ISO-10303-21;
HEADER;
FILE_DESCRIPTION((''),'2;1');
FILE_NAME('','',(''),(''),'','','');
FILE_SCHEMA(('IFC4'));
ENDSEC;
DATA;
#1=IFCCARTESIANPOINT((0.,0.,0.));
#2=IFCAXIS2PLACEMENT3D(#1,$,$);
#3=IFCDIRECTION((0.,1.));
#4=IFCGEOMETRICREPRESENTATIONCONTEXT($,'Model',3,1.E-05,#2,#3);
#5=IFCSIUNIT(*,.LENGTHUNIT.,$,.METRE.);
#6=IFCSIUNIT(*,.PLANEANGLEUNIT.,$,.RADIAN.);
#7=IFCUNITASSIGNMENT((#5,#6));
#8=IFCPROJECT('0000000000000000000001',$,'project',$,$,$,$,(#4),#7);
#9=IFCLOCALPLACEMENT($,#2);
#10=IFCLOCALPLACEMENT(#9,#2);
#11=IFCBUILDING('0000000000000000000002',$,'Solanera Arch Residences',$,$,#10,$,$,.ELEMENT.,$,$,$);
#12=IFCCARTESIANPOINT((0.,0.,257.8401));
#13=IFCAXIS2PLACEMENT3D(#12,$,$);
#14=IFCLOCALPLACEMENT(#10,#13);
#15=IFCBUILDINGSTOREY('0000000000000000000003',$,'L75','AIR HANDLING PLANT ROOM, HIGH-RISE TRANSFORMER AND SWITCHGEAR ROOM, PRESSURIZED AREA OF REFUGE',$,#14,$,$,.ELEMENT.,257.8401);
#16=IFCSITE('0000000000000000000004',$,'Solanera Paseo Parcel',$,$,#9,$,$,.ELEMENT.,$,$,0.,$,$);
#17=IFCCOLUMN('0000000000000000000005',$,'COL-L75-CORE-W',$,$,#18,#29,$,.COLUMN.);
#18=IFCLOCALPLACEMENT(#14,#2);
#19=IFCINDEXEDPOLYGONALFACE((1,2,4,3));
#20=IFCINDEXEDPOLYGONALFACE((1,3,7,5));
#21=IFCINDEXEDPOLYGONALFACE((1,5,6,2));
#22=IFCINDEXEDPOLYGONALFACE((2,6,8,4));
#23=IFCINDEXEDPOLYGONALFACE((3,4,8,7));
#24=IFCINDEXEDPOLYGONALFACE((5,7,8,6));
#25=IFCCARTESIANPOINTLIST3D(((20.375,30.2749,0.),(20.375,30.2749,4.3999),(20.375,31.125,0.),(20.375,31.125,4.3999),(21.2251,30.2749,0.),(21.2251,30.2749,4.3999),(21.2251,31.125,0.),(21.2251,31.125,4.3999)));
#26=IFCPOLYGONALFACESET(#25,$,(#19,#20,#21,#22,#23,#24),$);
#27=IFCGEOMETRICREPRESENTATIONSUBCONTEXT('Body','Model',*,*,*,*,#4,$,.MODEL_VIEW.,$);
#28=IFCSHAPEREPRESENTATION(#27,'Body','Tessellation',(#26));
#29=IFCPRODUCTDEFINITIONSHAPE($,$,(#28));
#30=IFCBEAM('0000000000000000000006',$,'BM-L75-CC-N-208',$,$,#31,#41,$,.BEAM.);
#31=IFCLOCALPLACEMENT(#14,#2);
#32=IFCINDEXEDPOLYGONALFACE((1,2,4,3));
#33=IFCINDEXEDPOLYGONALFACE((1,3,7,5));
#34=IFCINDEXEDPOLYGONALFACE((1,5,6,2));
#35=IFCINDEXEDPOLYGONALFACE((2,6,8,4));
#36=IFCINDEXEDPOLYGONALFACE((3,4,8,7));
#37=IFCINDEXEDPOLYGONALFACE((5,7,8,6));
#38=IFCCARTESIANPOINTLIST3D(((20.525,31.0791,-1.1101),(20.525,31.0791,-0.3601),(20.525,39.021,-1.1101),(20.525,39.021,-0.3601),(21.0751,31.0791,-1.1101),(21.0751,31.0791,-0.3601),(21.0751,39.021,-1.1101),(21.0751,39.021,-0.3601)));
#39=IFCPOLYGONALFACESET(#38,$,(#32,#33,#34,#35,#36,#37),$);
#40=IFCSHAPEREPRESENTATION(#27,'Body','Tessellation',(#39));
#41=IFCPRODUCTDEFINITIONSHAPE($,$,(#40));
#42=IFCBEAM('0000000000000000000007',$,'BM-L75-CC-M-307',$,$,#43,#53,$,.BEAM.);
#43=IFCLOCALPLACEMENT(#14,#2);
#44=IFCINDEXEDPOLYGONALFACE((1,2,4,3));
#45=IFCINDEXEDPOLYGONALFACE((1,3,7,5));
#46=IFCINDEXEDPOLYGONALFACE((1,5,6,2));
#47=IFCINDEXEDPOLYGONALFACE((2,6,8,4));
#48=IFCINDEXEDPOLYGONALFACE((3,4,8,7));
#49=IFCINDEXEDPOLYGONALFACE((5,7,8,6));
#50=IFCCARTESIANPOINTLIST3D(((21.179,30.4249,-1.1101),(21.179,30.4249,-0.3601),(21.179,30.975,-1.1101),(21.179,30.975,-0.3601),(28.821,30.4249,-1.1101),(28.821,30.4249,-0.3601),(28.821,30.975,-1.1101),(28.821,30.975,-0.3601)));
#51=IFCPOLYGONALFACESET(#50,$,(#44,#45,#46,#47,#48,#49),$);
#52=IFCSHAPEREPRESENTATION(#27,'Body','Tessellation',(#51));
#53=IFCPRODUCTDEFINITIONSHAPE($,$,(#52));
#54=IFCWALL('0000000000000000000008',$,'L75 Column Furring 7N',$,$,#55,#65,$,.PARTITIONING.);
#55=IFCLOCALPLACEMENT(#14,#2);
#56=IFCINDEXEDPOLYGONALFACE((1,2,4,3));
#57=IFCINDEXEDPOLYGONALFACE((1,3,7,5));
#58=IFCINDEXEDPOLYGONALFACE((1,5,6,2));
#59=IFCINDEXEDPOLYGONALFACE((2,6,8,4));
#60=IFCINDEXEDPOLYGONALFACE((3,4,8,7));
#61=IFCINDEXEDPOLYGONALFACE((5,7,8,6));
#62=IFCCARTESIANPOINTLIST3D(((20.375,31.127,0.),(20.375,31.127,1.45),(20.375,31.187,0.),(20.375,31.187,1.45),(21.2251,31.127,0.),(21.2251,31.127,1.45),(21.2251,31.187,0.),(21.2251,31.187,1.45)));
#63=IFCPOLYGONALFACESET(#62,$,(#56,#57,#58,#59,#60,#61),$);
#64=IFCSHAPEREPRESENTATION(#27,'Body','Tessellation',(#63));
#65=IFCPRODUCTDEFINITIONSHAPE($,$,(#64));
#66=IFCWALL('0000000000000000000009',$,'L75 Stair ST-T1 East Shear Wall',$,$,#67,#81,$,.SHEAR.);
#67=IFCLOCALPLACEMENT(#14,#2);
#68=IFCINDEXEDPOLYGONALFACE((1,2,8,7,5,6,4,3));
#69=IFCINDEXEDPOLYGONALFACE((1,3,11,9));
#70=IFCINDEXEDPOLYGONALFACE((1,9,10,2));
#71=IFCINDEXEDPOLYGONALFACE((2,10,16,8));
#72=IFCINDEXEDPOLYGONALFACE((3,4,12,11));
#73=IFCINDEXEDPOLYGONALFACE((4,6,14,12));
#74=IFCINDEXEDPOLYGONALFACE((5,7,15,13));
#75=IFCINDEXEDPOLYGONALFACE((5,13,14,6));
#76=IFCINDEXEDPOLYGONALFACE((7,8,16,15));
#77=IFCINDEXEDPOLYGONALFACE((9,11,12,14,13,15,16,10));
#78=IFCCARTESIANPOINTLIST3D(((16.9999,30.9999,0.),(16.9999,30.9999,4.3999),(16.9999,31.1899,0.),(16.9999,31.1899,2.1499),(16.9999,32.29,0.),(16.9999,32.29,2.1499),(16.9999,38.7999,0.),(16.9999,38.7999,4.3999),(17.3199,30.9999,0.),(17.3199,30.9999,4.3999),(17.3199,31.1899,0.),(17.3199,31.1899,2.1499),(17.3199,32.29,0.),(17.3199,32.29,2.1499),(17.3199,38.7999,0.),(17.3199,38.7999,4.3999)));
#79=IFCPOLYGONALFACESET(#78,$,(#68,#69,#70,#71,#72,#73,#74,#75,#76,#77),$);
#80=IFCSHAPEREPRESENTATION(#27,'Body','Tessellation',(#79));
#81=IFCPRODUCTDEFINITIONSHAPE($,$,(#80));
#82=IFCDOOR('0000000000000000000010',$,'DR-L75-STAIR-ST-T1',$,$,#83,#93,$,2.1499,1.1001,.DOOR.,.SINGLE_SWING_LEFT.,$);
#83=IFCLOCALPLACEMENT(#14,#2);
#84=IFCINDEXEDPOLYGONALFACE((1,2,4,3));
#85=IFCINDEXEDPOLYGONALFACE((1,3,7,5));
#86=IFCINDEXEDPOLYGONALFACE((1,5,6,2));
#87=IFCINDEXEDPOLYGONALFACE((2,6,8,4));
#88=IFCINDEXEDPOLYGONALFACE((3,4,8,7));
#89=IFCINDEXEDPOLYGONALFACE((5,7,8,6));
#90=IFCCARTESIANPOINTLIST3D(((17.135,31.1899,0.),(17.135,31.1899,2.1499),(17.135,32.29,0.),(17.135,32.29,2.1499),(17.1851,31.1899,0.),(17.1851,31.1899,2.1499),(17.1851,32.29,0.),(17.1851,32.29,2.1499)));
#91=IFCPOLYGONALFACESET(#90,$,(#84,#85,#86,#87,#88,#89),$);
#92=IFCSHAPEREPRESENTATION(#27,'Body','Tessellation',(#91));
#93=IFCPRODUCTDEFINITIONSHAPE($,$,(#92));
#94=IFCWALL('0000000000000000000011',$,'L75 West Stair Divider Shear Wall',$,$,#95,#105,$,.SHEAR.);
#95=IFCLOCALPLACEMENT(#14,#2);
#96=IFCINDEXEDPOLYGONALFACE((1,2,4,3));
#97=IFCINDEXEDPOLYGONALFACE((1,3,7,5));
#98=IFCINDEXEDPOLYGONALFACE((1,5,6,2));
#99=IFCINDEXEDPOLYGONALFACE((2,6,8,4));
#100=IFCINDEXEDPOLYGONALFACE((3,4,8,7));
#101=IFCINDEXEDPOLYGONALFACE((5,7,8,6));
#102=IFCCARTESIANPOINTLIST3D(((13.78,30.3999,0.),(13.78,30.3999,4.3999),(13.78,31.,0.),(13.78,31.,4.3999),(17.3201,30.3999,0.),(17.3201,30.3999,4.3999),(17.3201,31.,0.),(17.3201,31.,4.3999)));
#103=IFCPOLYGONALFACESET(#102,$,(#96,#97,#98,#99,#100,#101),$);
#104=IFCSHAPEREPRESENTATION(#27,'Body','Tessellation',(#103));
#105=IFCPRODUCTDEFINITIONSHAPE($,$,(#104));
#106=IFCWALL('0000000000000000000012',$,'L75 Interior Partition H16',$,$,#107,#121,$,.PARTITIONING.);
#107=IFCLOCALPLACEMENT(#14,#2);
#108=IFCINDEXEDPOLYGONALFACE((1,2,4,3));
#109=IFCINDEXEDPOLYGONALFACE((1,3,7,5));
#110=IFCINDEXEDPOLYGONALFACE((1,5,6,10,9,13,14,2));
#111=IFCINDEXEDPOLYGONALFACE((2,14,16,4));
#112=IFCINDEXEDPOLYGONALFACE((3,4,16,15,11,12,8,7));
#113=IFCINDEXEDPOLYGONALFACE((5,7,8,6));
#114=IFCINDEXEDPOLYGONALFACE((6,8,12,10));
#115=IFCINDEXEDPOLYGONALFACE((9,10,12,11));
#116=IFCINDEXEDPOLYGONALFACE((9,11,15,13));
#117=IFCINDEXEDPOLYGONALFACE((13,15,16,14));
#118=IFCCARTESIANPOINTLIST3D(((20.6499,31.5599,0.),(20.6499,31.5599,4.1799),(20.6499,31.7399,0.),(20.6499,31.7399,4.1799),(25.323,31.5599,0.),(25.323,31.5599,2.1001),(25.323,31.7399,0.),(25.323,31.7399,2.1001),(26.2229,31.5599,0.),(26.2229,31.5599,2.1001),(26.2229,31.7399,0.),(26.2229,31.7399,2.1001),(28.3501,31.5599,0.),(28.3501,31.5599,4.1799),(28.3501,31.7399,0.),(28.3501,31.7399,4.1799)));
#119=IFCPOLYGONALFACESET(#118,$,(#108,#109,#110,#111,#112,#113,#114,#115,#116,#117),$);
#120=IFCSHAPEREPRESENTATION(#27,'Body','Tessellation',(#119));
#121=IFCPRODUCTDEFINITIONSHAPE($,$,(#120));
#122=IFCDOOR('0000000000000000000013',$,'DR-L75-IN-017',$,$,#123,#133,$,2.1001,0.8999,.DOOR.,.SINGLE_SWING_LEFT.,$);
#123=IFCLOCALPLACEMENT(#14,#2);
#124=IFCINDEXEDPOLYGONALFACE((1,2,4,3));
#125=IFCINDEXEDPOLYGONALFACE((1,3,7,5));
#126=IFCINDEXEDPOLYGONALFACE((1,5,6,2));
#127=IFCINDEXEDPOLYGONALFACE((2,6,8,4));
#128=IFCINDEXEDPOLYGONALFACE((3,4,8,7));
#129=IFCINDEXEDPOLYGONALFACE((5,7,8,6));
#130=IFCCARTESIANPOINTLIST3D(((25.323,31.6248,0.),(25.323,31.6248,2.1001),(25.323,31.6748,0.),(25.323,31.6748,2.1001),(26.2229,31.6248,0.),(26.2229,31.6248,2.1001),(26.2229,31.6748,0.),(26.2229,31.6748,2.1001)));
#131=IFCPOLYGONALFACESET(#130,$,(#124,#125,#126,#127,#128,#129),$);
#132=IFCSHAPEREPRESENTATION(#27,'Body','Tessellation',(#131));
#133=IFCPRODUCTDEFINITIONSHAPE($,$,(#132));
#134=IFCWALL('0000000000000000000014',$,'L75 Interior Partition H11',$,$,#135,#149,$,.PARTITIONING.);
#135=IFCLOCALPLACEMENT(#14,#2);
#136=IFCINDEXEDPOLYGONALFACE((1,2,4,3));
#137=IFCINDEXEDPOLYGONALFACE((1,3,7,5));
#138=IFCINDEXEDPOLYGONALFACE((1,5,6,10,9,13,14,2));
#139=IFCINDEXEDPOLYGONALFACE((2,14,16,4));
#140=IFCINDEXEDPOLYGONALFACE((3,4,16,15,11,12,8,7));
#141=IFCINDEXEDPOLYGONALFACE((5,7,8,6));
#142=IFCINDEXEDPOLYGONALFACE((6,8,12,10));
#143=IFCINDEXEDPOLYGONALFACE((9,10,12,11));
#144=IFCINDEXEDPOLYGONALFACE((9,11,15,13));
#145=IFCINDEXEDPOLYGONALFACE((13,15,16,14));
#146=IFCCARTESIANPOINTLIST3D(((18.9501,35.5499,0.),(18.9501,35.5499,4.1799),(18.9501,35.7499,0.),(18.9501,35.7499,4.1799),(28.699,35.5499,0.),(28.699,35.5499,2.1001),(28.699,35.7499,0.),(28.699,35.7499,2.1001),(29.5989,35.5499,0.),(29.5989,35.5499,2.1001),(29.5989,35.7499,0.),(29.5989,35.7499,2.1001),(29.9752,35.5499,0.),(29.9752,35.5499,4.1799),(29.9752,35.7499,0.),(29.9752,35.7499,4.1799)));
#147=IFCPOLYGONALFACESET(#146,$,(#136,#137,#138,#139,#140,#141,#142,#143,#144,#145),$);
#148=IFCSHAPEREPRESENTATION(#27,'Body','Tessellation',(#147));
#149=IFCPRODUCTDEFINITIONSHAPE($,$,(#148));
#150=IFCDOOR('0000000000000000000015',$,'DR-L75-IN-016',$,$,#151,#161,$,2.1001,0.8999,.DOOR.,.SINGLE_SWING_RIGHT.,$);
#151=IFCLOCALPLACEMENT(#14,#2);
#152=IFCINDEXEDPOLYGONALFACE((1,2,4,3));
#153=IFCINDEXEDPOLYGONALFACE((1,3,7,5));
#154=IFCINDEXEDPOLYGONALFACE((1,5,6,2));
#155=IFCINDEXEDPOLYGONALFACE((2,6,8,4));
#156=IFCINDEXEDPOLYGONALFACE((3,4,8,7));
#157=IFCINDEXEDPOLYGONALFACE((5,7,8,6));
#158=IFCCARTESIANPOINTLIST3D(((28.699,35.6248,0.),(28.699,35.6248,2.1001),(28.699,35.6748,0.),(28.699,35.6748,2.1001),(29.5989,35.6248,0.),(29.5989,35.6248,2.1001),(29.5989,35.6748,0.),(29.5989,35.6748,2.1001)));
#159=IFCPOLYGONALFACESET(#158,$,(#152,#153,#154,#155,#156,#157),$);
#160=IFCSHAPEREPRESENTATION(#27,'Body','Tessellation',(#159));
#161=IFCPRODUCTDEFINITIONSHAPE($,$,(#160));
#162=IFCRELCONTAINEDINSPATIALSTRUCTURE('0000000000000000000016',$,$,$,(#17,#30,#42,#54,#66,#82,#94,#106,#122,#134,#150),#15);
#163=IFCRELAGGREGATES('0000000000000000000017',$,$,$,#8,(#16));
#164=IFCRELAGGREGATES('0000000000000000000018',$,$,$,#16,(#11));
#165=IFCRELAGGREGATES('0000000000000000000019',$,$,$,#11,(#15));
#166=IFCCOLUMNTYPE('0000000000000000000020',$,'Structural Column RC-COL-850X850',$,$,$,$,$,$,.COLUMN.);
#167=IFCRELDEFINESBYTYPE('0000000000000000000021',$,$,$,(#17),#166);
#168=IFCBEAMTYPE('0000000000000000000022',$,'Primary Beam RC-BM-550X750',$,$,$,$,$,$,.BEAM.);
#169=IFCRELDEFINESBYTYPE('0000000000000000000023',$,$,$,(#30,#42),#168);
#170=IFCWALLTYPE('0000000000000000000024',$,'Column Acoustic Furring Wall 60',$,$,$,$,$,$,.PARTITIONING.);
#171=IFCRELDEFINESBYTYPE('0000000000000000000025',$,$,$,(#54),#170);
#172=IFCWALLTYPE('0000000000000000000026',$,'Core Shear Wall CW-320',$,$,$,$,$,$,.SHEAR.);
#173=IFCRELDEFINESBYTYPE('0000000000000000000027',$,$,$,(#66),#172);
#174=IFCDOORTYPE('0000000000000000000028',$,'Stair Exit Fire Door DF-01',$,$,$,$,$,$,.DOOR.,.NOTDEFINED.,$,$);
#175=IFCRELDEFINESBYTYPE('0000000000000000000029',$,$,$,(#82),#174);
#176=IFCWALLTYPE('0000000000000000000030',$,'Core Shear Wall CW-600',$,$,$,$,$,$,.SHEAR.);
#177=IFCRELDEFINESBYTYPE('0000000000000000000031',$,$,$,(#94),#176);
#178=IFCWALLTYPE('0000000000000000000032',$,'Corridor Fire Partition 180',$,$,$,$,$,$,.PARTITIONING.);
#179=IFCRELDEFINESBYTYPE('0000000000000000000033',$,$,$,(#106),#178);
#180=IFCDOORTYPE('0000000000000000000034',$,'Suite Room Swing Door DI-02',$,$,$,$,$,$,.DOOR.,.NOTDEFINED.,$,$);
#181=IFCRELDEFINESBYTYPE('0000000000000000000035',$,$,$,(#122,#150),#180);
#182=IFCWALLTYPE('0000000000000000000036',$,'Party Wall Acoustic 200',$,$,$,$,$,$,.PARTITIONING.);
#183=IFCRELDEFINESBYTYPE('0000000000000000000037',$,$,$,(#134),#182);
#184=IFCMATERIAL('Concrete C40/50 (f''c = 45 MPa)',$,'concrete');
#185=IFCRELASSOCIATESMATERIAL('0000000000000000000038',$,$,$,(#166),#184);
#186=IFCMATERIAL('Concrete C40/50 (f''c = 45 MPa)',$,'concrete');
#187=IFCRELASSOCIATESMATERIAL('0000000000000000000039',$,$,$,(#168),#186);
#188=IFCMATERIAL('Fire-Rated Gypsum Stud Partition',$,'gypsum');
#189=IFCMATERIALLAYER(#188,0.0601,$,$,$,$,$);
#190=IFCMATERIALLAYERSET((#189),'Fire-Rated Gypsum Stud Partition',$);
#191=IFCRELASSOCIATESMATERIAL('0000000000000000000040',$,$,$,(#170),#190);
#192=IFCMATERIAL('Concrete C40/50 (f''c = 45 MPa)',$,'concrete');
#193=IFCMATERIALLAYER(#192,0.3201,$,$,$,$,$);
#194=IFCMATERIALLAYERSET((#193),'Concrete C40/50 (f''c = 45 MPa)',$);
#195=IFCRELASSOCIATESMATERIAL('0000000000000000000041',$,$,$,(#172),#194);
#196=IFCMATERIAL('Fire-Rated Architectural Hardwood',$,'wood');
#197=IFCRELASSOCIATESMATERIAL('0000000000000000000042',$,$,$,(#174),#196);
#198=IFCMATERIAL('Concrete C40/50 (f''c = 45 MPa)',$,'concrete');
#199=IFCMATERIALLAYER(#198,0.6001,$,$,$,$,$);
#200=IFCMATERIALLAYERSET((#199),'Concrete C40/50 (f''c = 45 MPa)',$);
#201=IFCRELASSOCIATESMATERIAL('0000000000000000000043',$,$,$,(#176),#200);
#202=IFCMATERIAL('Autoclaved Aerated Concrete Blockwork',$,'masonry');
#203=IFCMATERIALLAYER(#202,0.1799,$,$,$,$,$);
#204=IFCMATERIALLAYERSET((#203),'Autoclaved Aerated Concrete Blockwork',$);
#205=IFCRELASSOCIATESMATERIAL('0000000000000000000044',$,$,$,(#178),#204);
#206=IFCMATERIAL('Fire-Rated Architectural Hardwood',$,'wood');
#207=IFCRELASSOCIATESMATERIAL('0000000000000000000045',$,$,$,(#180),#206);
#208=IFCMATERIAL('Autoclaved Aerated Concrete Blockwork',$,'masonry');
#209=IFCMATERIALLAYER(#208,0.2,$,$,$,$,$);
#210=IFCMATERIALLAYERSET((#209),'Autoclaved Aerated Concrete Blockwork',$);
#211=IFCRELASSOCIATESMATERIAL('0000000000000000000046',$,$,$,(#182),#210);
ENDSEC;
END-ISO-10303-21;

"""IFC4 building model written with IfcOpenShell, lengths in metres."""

from ifc_helpers import new_model, si_unit, direction, frame, frame_2d, origin, origin_2d, place, context, subcontext, project, spatial, rectangle, extrude, material, layer, layer_set, material_profile, profile_set, type_object, element, fill, save


model = new_model("IFC4")

# Units and contexts
model_context = context("Model", 3, precision=1e-05, world=origin(), true_north=direction((0.0, 1.0)))
body_context = subcontext(model_context, "Body", "Model", "MODEL_VIEW")
ifc_project = project(units=[si_unit("LENGTHUNIT", "METRE"), si_unit("PLANEANGLEUNIT", "RADIAN")], contexts=[model_context])

# Site, building, storey
site_placement = place(None, origin())
site = spatial("IfcSite", under=ifc_project, at=site_placement, Name="Solanera Paseo Parcel", CompositionType="ELEMENT", RefElevation=0.0)
building_placement = place(site_placement, origin())
building = spatial("IfcBuilding", under=site, at=building_placement, Name="Solanera Arch Residences", CompositionType="ELEMENT")
storey_placement = place(building_placement, frame((0.0, 0.0, 257.8401)))
storey = spatial("IfcBuildingStorey", under=building, at=storey_placement, Name="L75", Description="AIR HANDLING PLANT ROOM, HIGH-RISE TRANSFORMER AND SWITCHGEAR ROOM, PRESSURIZED AREA OF REFUGE", CompositionType="ELEMENT", Elevation=257.8401)

# Column
ifc_material_1 = material(Name="Concrete C40/50 (f'c = 45 MPa)", Category="concrete")
ifc_material_profile_1 = material_profile(ifc_material_1, rectangle(XDim=0.8501, YDim=0.8501, at=origin_2d()))
ifc_profile_set_1 = profile_set([ifc_material_profile_1], Name="Concrete C40/50 (f'c = 45 MPa)")
column_type = type_object("IfcColumnType", Name="Structural Column RC-COL-850X850", PredefinedType="COLUMN", material=ifc_profile_set_1)
column_placement = place(storey_placement, frame((20.8, 30.7, 0.0), z_axis=(0.0, 0.0, 1.0), x_axis=(1.0, 0.0, 0.0)))
element("IfcColumn", 1, at=column_placement, inside=storey, type_object=column_type, Name="COL-L75-CORE-W", PredefinedType="COLUMN", context=body_context, shape_type="SweptSolid", body=[
    extrude(rectangle(XDim=0.8501, YDim=0.8501, at=origin_2d()), origin(), (0.0, 0.0, 1.0), 4.3999),
])

# Beams
ifc_material_2 = material(Name="Concrete C40/50 (f'c = 45 MPa)", Category="concrete")
ifc_material_profile_2 = material_profile(ifc_material_2, rectangle(XDim=0.55, YDim=0.75, at=origin_2d()))
ifc_profile_set_2 = profile_set([ifc_material_profile_2], Name="Concrete C40/50 (f'c = 45 MPa)")
beam_type = type_object("IfcBeamType", Name="Primary Beam RC-BM-550X750", PredefinedType="BEAM", material=ifc_profile_set_2)
beam_1_placement = place(storey_placement, frame((20.8, 31.0791, -0.7351), z_axis=(0.0, 1.0, 0.0), x_axis=(-1.0, 0.0, 0.0)))
element("IfcBeam", 2, at=beam_1_placement, inside=storey, type_object=beam_type, Name="BM-L75-CC-N-208", PredefinedType="BEAM", context=body_context, shape_type="SweptSolid", body=[
    extrude(rectangle(XDim=0.55, YDim=0.75, at=origin_2d()), origin(), (0.0, 0.0, 1.0), 7.9419),
])
beam_2_placement = place(storey_placement, frame((21.179, 30.7, -0.7351), z_axis=(1.0, 0.0, 0.0), x_axis=(0.0, 1.0, 0.0)))
element("IfcBeam", 3, at=beam_2_placement, inside=storey, type_object=beam_type, Name="BM-L75-CC-M-307", PredefinedType="BEAM", context=body_context, shape_type="SweptSolid", body=[
    extrude(rectangle(XDim=0.55, YDim=0.75, at=origin_2d()), origin(), (0.0, 0.0, 1.0), 7.6421),
])

# Wall
ifc_material_3 = material(Name="Fire-Rated Gypsum Stud Partition", Category="gypsum")
ifc_layer_1 = layer(ifc_material_3, 0.0601)
ifc_layer_set_1 = layer_set([ifc_layer_1], Name="Fire-Rated Gypsum Stud Partition")
wall_type_1 = type_object("IfcWallType", Name="Column Acoustic Furring Wall 60", PredefinedType="PARTITIONING", material=ifc_layer_set_1)
wall_1_placement = place(storey_placement, frame((20.375, 31.157, 0.0), z_axis=(0.0, 0.0, 1.0), x_axis=(1.0, 0.0, 0.0)))
element("IfcWall", 4, at=wall_1_placement, inside=storey, type_object=wall_type_1, Name="L75 Column Furring 7N", PredefinedType="PARTITIONING", context=body_context, shape_type="SweptSolid", body=[
    extrude(rectangle(XDim=0.8501, YDim=0.0601, at=frame_2d((0.425, 0.0))), origin(), (0.0, 0.0, 1.0), 1.45),
])

# Wall, opening, door
ifc_material_4 = material(Name="Concrete C40/50 (f'c = 45 MPa)", Category="concrete")
ifc_layer_2 = layer(ifc_material_4, 0.3201)
ifc_layer_set_2 = layer_set([ifc_layer_2], Name="Concrete C40/50 (f'c = 45 MPa)")
wall_type_2 = type_object("IfcWallType", Name="Core Shear Wall CW-320", PredefinedType="SHEAR", material=ifc_layer_set_2)
wall_2_placement = place(storey_placement, frame((17.1599, 31.0, 0.0), z_axis=(0.0, 0.0, 1.0), x_axis=(0.0, 1.0, 0.0)))
wall_2 = element("IfcWall", 5, at=wall_2_placement, inside=storey, type_object=wall_type_2, Name="L75 Stair ST-T1 East Shear Wall", PredefinedType="SHEAR", context=body_context, shape_type="SweptSolid", body=[
    extrude(rectangle(XDim=7.8, YDim=0.3201, at=frame_2d((3.8999, 0.0))), origin(), (0.0, 0.0, 1.0), 4.3999),
])
opening_1_placement = place(wall_2_placement, frame((0.1899, 0.0, 0.0)))
opening_1 = element("IfcOpeningElement", 6, at=opening_1_placement, cuts=wall_2, PredefinedType="OPENING", context=body_context, shape_type="SweptSolid", body=[
    extrude(rectangle(XDim=1.1001, YDim=2.1499, at=frame_2d((0.55, 1.075))), frame((0.0, 0.1699, 0.0), z_axis=(0.0, -1.0, 0.0), x_axis=(1.0, 0.0, 0.0)), (0.0, 0.0, 1.0), 0.3401),
])
ifc_material_5 = material(Name="Fire-Rated Architectural Hardwood", Category="wood")
door_type_1 = type_object("IfcDoorType", Name="Stair Exit Fire Door DF-01", OperationType="NOTDEFINED", PredefinedType="DOOR", material=ifc_material_5)
door_1_placement = place(opening_1_placement, origin())
door_1 = element("IfcDoor", 7, at=door_1_placement, inside=storey, type_object=door_type_1, Name="DR-L75-STAIR-ST-T1", OperationType="SINGLE_SWING_LEFT", OverallHeight=2.1499, OverallWidth=1.1001, PredefinedType="DOOR", context=body_context, shape_type="SweptSolid", body=[
    extrude(rectangle(XDim=1.1001, YDim=2.1499, at=frame_2d((0.55, 1.075))), frame((0.0, 0.0249, 0.0), z_axis=(0.0, -1.0, 0.0), x_axis=(1.0, 0.0, 0.0)), (0.0, 0.0, 1.0), 0.05),
])
fill(opening_1, door_1)

# Wall
ifc_material_6 = material(Name="Concrete C40/50 (f'c = 45 MPa)", Category="concrete")
ifc_layer_3 = layer(ifc_material_6, 0.6001)
ifc_layer_set_3 = layer_set([ifc_layer_3], Name="Concrete C40/50 (f'c = 45 MPa)")
wall_type_3 = type_object("IfcWallType", Name="Core Shear Wall CW-600", PredefinedType="SHEAR", material=ifc_layer_set_3)
wall_3_placement = place(storey_placement, frame((13.78, 30.7, 0.0), z_axis=(0.0, 0.0, 1.0), x_axis=(1.0, 0.0, 0.0)))
element("IfcWall", 8, at=wall_3_placement, inside=storey, type_object=wall_type_3, Name="L75 West Stair Divider Shear Wall", PredefinedType="SHEAR", context=body_context, shape_type="SweptSolid", body=[
    extrude(rectangle(XDim=3.54, YDim=0.6001, at=frame_2d((1.77, 0.0))), origin(), (0.0, 0.0, 1.0), 4.3999),
])

# Walls, openings, doors
ifc_material_7 = material(Name="Autoclaved Aerated Concrete Blockwork", Category="masonry")
ifc_layer_4 = layer(ifc_material_7, 0.1799)
ifc_layer_set_4 = layer_set([ifc_layer_4], Name="Autoclaved Aerated Concrete Blockwork")
wall_type_4 = type_object("IfcWallType", Name="Corridor Fire Partition 180", PredefinedType="PARTITIONING", material=ifc_layer_set_4)
wall_4_placement = place(storey_placement, frame((20.6499, 31.6499, 0.0), z_axis=(0.0, 0.0, 1.0), x_axis=(1.0, 0.0, 0.0)))
wall_4 = element("IfcWall", 9, at=wall_4_placement, inside=storey, type_object=wall_type_4, Name="L75 Interior Partition H16", PredefinedType="PARTITIONING", context=body_context, shape_type="SweptSolid", body=[
    extrude(rectangle(XDim=7.7002, YDim=0.1799, at=frame_2d((3.8501, 0.0))), origin(), (0.0, 0.0, 1.0), 4.1799),
])
opening_2_placement = place(wall_4_placement, frame((4.6731, 0.0, 0.0)))
opening_2 = element("IfcOpeningElement", 10, at=opening_2_placement, cuts=wall_4, PredefinedType="OPENING", context=body_context, shape_type="SweptSolid", body=[
    extrude(rectangle(XDim=0.8999, YDim=2.1001, at=frame_2d((0.45, 1.05))), frame((0.0, 0.1001, 0.0), z_axis=(0.0, -1.0, 0.0), x_axis=(1.0, 0.0, 0.0)), (0.0, 0.0, 1.0), 0.1999),
])
ifc_material_8 = material(Name="Fire-Rated Architectural Hardwood", Category="wood")
door_type_2 = type_object("IfcDoorType", Name="Suite Room Swing Door DI-02", OperationType="NOTDEFINED", PredefinedType="DOOR", material=ifc_material_8)
door_2_placement = place(opening_2_placement, origin())
door_2 = element("IfcDoor", 11, at=door_2_placement, inside=storey, type_object=door_type_2, Name="DR-L75-IN-017", OperationType="SINGLE_SWING_LEFT", OverallHeight=2.1001, OverallWidth=0.8999, PredefinedType="DOOR", context=body_context, shape_type="SweptSolid", body=[
    extrude(rectangle(XDim=0.8999, YDim=2.1001, at=frame_2d((0.45, 1.05))), frame((0.0, 0.0249, 0.0), z_axis=(0.0, -1.0, 0.0), x_axis=(1.0, 0.0, 0.0)), (0.0, 0.0, 1.0), 0.05),
])
fill(opening_2, door_2)
ifc_material_9 = material(Name="Autoclaved Aerated Concrete Blockwork", Category="masonry")
ifc_layer_5 = layer(ifc_material_9, 0.2)
ifc_layer_set_5 = layer_set([ifc_layer_5], Name="Autoclaved Aerated Concrete Blockwork")
wall_type_5 = type_object("IfcWallType", Name="Party Wall Acoustic 200", PredefinedType="PARTITIONING", material=ifc_layer_set_5)
wall_5_placement = place(storey_placement, frame((18.95, 35.6499, 0.0), z_axis=(0.0, 0.0, 1.0), x_axis=(1.0, 0.0, 0.0)))
wall_5 = element("IfcWall", 12, at=wall_5_placement, inside=storey, type_object=wall_type_5, Name="L75 Interior Partition H11", PredefinedType="PARTITIONING", context=body_context, shape_type="SweptSolid", body=[
    extrude(rectangle(XDim=11.0251, YDim=0.2, at=frame_2d((5.5127, 0.0))), origin(), (0.0, 0.0, 1.0), 4.1799),
])
opening_3_placement = place(wall_5_placement, frame((9.749, 0.0, 0.0)))
opening_3 = element("IfcOpeningElement", 13, at=opening_3_placement, cuts=wall_5, PredefinedType="OPENING", context=body_context, shape_type="SweptSolid", body=[
    extrude(rectangle(XDim=0.8999, YDim=2.1001, at=frame_2d((0.45, 1.05))), frame((0.0, 0.1101, 0.0), z_axis=(0.0, -1.0, 0.0), x_axis=(1.0, 0.0, 0.0)), (0.0, 0.0, 1.0), 0.22),
])
door_3_placement = place(opening_3_placement, origin())
door_3 = element("IfcDoor", 14, at=door_3_placement, inside=storey, type_object=door_type_2, Name="DR-L75-IN-016", OperationType="SINGLE_SWING_RIGHT", OverallHeight=2.1001, OverallWidth=0.8999, PredefinedType="DOOR", context=body_context, shape_type="SweptSolid", body=[
    extrude(rectangle(XDim=0.8999, YDim=2.1001, at=frame_2d((0.45, 1.05))), frame((0.0, 0.0249, 0.0), z_axis=(0.0, -1.0, 0.0), x_axis=(1.0, 0.0, 0.0)), (0.0, 0.0, 1.0), 0.05),
])
fill(opening_3, door_3)

save(model, "model.ifc")
